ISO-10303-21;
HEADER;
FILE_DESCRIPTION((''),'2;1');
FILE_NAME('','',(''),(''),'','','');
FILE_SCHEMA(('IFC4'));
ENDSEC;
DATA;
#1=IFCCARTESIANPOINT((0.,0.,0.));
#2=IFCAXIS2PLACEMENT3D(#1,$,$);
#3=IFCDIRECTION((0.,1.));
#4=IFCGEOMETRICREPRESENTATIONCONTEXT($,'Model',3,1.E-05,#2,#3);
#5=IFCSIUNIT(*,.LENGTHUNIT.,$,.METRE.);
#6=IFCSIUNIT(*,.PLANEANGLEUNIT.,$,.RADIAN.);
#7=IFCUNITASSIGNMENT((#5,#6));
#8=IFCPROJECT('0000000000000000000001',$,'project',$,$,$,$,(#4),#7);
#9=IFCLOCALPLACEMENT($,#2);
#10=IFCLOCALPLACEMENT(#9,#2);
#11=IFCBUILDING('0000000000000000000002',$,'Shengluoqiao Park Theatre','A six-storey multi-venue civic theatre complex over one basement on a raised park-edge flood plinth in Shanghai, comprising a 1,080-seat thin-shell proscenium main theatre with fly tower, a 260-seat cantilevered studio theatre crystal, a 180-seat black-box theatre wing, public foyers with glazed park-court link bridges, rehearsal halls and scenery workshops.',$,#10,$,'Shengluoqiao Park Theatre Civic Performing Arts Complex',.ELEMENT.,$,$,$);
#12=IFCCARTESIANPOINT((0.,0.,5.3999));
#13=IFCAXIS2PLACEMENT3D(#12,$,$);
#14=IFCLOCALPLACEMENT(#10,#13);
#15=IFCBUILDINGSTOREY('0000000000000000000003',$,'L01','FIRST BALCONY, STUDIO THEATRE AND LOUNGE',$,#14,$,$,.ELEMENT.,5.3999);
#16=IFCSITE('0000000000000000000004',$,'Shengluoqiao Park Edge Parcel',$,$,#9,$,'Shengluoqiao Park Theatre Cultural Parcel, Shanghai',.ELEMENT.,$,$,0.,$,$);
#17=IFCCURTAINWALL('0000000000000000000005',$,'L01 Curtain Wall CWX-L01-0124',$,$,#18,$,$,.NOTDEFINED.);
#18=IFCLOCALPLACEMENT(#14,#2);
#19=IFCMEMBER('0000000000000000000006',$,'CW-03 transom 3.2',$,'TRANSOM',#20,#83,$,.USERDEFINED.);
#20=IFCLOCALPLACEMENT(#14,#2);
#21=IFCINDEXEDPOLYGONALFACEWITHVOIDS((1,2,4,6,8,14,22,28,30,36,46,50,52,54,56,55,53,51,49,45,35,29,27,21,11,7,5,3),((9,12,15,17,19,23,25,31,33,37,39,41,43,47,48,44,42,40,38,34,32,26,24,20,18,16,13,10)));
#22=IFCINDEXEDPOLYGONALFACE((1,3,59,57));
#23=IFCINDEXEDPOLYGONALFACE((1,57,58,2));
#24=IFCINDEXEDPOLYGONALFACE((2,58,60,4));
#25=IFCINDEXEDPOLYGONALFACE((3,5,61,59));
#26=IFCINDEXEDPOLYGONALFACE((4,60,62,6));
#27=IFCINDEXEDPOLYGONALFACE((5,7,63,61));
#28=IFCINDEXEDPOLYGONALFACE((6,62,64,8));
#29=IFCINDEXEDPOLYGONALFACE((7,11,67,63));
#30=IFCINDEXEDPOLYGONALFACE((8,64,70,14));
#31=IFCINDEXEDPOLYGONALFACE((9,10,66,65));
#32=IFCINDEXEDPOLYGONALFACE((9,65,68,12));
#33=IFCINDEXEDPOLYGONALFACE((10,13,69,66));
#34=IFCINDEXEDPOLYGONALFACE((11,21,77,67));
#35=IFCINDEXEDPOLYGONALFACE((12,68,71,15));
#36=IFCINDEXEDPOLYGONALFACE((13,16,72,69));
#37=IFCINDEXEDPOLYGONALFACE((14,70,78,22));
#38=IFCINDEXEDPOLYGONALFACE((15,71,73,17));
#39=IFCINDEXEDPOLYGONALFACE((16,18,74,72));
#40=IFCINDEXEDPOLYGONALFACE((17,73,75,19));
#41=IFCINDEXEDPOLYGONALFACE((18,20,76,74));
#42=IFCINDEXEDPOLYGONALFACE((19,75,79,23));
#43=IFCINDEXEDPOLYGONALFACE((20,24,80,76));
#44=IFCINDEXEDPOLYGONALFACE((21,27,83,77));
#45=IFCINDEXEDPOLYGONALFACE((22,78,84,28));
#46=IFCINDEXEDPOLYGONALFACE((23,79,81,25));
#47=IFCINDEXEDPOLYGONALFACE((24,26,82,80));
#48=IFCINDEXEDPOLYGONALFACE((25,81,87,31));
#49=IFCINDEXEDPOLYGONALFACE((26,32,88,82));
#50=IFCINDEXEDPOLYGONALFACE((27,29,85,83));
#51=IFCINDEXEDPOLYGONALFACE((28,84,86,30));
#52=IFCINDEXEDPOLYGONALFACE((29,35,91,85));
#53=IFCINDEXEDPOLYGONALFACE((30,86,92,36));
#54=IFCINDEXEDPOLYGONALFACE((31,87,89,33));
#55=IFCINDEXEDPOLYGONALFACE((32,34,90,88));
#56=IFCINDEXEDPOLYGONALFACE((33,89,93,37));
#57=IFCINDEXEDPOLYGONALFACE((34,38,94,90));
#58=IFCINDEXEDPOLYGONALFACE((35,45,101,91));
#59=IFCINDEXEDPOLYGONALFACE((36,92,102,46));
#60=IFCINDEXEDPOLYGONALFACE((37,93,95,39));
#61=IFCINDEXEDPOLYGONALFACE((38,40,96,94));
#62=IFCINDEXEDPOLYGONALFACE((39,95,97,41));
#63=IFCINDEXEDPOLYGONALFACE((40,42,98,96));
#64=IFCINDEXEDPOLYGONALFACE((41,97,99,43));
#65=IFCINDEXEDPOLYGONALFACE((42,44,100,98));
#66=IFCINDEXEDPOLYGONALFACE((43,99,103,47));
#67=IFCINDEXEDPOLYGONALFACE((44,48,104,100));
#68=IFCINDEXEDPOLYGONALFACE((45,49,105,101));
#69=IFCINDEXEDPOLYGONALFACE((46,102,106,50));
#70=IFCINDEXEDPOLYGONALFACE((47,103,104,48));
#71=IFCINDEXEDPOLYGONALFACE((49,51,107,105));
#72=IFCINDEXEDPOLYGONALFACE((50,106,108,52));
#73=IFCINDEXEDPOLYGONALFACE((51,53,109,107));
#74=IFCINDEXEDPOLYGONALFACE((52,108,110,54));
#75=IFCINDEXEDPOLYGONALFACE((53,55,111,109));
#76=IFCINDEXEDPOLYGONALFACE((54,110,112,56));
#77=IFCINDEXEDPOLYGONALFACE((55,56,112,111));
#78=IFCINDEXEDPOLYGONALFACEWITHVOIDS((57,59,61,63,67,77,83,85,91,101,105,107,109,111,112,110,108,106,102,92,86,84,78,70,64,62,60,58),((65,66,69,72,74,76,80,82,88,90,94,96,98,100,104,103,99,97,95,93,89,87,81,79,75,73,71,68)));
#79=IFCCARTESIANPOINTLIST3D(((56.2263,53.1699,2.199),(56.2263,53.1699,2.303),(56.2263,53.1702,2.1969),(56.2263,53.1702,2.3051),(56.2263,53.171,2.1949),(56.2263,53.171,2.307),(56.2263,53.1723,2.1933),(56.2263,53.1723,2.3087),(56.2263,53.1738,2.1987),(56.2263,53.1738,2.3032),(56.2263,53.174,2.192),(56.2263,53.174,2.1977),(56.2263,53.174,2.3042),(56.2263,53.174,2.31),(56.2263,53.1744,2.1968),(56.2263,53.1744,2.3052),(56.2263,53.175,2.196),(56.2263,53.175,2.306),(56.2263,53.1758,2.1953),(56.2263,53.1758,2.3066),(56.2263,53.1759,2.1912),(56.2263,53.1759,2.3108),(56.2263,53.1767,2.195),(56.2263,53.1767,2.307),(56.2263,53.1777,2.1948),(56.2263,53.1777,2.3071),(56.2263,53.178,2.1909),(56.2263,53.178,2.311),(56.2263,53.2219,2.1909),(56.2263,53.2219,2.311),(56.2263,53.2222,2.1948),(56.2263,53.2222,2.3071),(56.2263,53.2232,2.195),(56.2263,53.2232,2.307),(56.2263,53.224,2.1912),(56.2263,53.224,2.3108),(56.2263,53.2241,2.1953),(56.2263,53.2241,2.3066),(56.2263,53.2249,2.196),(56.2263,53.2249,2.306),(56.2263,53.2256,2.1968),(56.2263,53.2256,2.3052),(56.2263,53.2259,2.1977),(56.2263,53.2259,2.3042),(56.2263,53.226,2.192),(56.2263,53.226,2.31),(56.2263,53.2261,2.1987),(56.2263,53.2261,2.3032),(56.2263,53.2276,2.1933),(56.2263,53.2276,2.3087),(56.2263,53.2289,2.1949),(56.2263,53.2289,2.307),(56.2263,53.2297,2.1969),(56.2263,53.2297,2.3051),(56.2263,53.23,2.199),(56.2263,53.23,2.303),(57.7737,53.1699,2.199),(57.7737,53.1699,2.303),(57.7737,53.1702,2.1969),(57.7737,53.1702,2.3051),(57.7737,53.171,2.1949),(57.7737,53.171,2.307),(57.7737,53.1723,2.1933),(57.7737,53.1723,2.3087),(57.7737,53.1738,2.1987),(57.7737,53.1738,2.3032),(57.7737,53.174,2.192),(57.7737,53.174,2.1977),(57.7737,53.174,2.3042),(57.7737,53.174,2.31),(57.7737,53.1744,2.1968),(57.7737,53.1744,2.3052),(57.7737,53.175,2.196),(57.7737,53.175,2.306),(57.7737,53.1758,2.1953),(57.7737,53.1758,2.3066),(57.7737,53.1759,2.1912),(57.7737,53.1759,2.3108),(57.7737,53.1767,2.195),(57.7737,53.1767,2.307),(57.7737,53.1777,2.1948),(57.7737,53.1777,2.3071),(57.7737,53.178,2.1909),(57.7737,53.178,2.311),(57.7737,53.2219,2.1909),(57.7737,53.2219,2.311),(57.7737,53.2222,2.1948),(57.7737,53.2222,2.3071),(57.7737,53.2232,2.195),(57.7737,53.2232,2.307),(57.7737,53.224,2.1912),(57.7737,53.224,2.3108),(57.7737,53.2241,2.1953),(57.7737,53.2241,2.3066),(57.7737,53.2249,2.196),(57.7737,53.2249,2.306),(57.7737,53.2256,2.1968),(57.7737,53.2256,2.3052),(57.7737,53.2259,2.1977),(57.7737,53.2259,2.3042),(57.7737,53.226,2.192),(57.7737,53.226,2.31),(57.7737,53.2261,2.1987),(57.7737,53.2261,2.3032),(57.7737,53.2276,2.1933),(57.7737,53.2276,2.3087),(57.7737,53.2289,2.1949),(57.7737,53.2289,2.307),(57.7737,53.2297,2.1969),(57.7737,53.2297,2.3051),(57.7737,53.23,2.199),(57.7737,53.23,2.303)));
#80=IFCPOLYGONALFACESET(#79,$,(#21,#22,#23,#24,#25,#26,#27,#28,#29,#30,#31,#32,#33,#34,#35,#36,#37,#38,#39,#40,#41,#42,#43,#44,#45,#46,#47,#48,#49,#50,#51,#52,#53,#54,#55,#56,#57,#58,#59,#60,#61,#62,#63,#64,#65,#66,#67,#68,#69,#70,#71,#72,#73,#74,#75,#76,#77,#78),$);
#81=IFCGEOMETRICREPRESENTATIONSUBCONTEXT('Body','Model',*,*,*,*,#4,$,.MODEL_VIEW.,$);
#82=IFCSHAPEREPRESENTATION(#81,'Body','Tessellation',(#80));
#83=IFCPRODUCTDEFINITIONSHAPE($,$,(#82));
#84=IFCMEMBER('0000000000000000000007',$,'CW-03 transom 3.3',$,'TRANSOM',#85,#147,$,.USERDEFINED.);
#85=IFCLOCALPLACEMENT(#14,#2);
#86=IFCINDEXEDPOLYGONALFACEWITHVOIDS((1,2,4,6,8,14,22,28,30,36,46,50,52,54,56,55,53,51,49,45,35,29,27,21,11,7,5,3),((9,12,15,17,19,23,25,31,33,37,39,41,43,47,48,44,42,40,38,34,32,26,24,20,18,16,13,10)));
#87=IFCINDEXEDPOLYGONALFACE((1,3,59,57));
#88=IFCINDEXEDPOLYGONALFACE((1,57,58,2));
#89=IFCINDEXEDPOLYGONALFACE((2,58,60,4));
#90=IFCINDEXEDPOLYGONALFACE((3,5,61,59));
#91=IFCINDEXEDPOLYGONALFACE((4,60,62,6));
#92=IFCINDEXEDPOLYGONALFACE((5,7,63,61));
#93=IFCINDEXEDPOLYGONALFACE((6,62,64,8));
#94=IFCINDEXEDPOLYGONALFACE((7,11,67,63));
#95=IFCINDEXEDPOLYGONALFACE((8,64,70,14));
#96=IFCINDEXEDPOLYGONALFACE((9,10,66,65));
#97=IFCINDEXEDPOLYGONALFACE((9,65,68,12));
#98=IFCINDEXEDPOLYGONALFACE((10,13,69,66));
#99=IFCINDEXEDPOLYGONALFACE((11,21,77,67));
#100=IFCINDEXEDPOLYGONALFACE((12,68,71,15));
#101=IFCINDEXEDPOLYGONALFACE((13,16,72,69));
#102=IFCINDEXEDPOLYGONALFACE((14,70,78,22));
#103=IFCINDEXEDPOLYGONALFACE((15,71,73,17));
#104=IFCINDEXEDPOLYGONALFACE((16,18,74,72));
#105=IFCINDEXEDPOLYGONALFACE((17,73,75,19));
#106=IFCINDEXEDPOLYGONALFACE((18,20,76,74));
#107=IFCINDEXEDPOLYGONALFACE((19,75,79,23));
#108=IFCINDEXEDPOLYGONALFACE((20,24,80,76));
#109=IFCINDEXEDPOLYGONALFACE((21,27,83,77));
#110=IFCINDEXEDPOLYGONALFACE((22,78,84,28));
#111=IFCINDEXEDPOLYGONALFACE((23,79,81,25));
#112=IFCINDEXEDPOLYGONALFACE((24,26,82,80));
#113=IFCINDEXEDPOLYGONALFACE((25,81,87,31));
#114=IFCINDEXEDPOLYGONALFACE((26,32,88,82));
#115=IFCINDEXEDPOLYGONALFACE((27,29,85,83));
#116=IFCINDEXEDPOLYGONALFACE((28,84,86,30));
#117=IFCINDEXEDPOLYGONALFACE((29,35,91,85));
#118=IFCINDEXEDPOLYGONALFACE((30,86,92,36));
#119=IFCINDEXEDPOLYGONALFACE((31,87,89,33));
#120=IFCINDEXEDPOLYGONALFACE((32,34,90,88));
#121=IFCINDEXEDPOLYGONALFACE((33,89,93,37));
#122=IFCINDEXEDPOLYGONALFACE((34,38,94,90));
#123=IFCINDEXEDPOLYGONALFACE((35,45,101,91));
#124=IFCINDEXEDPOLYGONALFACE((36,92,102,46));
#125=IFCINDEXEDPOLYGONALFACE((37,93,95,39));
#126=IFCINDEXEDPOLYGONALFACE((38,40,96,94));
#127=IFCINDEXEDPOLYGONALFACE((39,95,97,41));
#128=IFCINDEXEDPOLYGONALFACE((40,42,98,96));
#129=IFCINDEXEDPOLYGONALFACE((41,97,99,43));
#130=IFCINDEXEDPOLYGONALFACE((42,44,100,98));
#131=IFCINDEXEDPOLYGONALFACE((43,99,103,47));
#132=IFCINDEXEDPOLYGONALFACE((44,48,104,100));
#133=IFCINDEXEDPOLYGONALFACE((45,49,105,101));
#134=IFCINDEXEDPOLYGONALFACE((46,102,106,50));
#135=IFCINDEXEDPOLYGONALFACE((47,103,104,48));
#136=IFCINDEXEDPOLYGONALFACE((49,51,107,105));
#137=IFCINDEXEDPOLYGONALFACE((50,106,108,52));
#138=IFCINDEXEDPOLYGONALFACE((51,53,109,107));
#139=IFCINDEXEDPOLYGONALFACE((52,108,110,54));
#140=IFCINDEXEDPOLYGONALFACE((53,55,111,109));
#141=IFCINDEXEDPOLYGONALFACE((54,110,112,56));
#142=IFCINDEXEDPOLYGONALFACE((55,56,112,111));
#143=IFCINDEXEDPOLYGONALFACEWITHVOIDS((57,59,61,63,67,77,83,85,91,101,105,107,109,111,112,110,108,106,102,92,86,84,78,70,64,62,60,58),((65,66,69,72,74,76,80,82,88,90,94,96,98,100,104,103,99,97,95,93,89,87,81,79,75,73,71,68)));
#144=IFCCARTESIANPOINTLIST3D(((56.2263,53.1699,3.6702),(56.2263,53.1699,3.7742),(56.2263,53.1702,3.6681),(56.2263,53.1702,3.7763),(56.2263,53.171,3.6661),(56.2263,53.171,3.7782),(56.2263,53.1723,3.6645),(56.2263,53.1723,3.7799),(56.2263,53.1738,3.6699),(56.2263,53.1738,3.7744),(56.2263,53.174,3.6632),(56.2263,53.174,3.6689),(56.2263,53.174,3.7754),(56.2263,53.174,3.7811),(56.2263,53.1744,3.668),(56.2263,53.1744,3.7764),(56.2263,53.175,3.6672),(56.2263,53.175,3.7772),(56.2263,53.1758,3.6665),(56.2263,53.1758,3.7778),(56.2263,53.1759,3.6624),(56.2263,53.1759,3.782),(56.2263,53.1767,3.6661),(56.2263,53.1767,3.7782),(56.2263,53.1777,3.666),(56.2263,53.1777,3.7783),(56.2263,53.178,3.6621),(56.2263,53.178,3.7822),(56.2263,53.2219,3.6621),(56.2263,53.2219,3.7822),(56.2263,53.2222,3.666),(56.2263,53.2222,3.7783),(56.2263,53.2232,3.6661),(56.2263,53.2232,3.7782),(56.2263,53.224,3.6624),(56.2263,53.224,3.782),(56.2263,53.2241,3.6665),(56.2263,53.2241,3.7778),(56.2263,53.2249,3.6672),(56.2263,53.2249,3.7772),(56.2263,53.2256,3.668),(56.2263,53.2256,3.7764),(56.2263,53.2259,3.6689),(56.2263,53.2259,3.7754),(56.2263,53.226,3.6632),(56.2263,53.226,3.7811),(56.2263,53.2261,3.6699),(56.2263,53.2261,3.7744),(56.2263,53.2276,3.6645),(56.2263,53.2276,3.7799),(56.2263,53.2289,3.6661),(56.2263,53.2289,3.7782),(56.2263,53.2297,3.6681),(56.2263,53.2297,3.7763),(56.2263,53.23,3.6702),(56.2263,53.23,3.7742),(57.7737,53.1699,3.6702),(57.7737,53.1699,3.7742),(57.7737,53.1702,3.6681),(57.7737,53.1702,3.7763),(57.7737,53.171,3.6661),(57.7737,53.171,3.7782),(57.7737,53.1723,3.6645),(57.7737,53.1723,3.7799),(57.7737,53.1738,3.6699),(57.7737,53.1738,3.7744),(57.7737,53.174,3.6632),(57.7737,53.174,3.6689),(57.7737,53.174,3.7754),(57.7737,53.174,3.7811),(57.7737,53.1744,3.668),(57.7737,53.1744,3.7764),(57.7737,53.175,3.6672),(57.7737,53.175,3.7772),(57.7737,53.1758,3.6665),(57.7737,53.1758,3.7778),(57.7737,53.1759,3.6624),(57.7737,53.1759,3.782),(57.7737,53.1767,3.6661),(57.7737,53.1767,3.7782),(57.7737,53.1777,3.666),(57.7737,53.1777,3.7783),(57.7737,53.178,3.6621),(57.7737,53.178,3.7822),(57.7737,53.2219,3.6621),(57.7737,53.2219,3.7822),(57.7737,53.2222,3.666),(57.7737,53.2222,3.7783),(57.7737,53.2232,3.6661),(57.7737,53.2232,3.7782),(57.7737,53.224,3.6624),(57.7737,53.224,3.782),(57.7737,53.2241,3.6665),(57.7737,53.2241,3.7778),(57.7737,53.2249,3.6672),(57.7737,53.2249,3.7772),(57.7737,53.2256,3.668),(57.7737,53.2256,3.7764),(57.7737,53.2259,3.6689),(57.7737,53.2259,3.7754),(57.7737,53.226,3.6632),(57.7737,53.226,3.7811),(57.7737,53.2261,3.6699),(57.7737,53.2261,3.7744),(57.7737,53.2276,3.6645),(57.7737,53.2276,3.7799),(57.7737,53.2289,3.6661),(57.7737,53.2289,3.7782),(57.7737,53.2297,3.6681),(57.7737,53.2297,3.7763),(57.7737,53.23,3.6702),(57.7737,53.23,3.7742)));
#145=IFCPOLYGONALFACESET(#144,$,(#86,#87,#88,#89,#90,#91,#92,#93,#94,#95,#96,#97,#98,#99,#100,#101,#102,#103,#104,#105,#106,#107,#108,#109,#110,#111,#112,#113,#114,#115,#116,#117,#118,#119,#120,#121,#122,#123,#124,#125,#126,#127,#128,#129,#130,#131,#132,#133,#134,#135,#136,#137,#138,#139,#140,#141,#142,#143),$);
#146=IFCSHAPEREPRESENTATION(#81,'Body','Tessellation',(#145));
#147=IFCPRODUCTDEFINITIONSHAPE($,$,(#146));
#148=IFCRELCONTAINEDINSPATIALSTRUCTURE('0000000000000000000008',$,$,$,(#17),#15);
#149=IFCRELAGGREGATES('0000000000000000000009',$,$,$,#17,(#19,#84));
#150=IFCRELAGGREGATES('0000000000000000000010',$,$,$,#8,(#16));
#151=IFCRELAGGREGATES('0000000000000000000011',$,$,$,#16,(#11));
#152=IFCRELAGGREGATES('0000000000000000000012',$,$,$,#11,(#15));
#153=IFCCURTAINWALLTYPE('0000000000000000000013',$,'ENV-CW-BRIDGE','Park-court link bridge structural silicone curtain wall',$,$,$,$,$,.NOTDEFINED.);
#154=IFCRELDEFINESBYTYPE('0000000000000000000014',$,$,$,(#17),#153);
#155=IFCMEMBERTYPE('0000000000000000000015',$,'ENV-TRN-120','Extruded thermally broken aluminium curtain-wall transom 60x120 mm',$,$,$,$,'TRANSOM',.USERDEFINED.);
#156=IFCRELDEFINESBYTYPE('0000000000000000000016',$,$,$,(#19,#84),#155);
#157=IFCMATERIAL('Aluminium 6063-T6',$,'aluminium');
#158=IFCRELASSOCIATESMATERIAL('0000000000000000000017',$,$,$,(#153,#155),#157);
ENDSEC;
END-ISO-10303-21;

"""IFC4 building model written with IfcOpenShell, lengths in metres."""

from ifc_helpers import new_model, si_unit, direction, frame, origin, origin_2d, place, context, subcontext, project, spatial, hollow_rectangle, extrude, material, material_profile, profile_set, type_object, element, aggregate, save


model = new_model("IFC4")

# Units and contexts
model_context = context("Model", 3, precision=1e-05, world=origin(), true_north=direction((0.0, 1.0)))
body_context = subcontext(model_context, "Body", "Model", "MODEL_VIEW")
ifc_project = project(units=[si_unit("LENGTHUNIT", "METRE"), si_unit("PLANEANGLEUNIT", "RADIAN")], contexts=[model_context])

# Site, building, storey
site_placement = place(None, origin())
site = spatial("IfcSite", under=ifc_project, at=site_placement, Name="Shengluoqiao Park Edge Parcel", LongName="Shengluoqiao Park Theatre Cultural Parcel, Shanghai", CompositionType="ELEMENT", RefElevation=0.0)
building_placement = place(site_placement, origin())
building = spatial("IfcBuilding", under=site, at=building_placement, Name="Shengluoqiao Park Theatre", Description="A six-storey multi-venue civic theatre complex over one basement on a raised park-edge flood plinth in Shanghai, comprising a 1,080-seat thin-shell proscenium main theatre with fly tower, a 260-seat cantilevered studio theatre crystal, a 180-seat black-box theatre wing, public foyers with glazed park-court link bridges, rehearsal halls and scenery workshops.", LongName="Shengluoqiao Park Theatre Civic Performing Arts Complex", CompositionType="ELEMENT")
storey_placement = place(building_placement, frame((0.0, 0.0, 5.3999)))
storey = spatial("IfcBuildingStorey", under=building, at=storey_placement, Name="L01", Description="FIRST BALCONY, STUDIO THEATRE AND LOUNGE", CompositionType="ELEMENT", Elevation=5.3999)

# Shared definitions
ifc_material_1 = material(Name="Aluminium 6063-T6", Category="aluminium")
curtain_wall_type = type_object("IfcCurtainWallType", Name="ENV-CW-BRIDGE", Description="Park-court link bridge structural silicone curtain wall", PredefinedType="NOTDEFINED", material=ifc_material_1)

# Curtain wall, members
curtain_wall_1_placement = place(storey_placement, origin())
curtain_wall_1 = element("IfcCurtainWall", 1, at=curtain_wall_1_placement, inside=storey, type_object=curtain_wall_type, Name="L01 Curtain Wall CWX-L01-0124", PredefinedType="NOTDEFINED")
ifc_material_profile_1 = material_profile(ifc_material_1, hollow_rectangle(XDim=0.0601, YDim=0.1201, WallThickness=0.0039, InnerFilletRadius=0.0039, OuterFilletRadius=0.0081, at=origin_2d()), Name="ALU TRANSOM 120x60x4")
ifc_profile_set_1 = profile_set([ifc_material_profile_1], Name="Aluminium 6063-T6")
member_type_1 = type_object("IfcMemberType", Name="ENV-TRN-120", Description="Extruded thermally broken aluminium curtain-wall transom 60x120 mm", ElementType="TRANSOM", PredefinedType="USERDEFINED", material=ifc_profile_set_1)
member_1_placement = place(storey_placement, frame((56.2263, 53.2, 2.251), z_axis=(1.0, 0.0, 0.0), x_axis=(0.0, 1.0, 0.0)))
member_1 = element("IfcMember", 2, at=member_1_placement, type_object=member_type_1, Name="CW-03 transom 3.2", ObjectType="TRANSOM", PredefinedType="USERDEFINED", context=body_context, shape_type="SweptSolid", body=[
    extrude(hollow_rectangle(XDim=0.0601, YDim=0.1201, WallThickness=0.0039, InnerFilletRadius=0.0039, OuterFilletRadius=0.0081, at=origin_2d()), origin(), (0.0, 0.0, 1.0), 1.5474),
])
member_2_placement = place(storey_placement, frame((56.2263, 53.2, 3.7222), z_axis=(1.0, 0.0, 0.0), x_axis=(0.0, 1.0, 0.0)))
member_2 = element("IfcMember", 3, at=member_2_placement, type_object=member_type_1, Name="CW-03 transom 3.3", ObjectType="TRANSOM", PredefinedType="USERDEFINED", context=body_context, shape_type="SweptSolid", body=[
    extrude(hollow_rectangle(XDim=0.0601, YDim=0.1201, WallThickness=0.0039, InnerFilletRadius=0.0039, OuterFilletRadius=0.0081, at=origin_2d()), origin(), (0.0, 0.0, 1.0), 1.5474),
])

aggregate(curtain_wall_1, [member_1, member_2])

save(model, "model.ifc")
